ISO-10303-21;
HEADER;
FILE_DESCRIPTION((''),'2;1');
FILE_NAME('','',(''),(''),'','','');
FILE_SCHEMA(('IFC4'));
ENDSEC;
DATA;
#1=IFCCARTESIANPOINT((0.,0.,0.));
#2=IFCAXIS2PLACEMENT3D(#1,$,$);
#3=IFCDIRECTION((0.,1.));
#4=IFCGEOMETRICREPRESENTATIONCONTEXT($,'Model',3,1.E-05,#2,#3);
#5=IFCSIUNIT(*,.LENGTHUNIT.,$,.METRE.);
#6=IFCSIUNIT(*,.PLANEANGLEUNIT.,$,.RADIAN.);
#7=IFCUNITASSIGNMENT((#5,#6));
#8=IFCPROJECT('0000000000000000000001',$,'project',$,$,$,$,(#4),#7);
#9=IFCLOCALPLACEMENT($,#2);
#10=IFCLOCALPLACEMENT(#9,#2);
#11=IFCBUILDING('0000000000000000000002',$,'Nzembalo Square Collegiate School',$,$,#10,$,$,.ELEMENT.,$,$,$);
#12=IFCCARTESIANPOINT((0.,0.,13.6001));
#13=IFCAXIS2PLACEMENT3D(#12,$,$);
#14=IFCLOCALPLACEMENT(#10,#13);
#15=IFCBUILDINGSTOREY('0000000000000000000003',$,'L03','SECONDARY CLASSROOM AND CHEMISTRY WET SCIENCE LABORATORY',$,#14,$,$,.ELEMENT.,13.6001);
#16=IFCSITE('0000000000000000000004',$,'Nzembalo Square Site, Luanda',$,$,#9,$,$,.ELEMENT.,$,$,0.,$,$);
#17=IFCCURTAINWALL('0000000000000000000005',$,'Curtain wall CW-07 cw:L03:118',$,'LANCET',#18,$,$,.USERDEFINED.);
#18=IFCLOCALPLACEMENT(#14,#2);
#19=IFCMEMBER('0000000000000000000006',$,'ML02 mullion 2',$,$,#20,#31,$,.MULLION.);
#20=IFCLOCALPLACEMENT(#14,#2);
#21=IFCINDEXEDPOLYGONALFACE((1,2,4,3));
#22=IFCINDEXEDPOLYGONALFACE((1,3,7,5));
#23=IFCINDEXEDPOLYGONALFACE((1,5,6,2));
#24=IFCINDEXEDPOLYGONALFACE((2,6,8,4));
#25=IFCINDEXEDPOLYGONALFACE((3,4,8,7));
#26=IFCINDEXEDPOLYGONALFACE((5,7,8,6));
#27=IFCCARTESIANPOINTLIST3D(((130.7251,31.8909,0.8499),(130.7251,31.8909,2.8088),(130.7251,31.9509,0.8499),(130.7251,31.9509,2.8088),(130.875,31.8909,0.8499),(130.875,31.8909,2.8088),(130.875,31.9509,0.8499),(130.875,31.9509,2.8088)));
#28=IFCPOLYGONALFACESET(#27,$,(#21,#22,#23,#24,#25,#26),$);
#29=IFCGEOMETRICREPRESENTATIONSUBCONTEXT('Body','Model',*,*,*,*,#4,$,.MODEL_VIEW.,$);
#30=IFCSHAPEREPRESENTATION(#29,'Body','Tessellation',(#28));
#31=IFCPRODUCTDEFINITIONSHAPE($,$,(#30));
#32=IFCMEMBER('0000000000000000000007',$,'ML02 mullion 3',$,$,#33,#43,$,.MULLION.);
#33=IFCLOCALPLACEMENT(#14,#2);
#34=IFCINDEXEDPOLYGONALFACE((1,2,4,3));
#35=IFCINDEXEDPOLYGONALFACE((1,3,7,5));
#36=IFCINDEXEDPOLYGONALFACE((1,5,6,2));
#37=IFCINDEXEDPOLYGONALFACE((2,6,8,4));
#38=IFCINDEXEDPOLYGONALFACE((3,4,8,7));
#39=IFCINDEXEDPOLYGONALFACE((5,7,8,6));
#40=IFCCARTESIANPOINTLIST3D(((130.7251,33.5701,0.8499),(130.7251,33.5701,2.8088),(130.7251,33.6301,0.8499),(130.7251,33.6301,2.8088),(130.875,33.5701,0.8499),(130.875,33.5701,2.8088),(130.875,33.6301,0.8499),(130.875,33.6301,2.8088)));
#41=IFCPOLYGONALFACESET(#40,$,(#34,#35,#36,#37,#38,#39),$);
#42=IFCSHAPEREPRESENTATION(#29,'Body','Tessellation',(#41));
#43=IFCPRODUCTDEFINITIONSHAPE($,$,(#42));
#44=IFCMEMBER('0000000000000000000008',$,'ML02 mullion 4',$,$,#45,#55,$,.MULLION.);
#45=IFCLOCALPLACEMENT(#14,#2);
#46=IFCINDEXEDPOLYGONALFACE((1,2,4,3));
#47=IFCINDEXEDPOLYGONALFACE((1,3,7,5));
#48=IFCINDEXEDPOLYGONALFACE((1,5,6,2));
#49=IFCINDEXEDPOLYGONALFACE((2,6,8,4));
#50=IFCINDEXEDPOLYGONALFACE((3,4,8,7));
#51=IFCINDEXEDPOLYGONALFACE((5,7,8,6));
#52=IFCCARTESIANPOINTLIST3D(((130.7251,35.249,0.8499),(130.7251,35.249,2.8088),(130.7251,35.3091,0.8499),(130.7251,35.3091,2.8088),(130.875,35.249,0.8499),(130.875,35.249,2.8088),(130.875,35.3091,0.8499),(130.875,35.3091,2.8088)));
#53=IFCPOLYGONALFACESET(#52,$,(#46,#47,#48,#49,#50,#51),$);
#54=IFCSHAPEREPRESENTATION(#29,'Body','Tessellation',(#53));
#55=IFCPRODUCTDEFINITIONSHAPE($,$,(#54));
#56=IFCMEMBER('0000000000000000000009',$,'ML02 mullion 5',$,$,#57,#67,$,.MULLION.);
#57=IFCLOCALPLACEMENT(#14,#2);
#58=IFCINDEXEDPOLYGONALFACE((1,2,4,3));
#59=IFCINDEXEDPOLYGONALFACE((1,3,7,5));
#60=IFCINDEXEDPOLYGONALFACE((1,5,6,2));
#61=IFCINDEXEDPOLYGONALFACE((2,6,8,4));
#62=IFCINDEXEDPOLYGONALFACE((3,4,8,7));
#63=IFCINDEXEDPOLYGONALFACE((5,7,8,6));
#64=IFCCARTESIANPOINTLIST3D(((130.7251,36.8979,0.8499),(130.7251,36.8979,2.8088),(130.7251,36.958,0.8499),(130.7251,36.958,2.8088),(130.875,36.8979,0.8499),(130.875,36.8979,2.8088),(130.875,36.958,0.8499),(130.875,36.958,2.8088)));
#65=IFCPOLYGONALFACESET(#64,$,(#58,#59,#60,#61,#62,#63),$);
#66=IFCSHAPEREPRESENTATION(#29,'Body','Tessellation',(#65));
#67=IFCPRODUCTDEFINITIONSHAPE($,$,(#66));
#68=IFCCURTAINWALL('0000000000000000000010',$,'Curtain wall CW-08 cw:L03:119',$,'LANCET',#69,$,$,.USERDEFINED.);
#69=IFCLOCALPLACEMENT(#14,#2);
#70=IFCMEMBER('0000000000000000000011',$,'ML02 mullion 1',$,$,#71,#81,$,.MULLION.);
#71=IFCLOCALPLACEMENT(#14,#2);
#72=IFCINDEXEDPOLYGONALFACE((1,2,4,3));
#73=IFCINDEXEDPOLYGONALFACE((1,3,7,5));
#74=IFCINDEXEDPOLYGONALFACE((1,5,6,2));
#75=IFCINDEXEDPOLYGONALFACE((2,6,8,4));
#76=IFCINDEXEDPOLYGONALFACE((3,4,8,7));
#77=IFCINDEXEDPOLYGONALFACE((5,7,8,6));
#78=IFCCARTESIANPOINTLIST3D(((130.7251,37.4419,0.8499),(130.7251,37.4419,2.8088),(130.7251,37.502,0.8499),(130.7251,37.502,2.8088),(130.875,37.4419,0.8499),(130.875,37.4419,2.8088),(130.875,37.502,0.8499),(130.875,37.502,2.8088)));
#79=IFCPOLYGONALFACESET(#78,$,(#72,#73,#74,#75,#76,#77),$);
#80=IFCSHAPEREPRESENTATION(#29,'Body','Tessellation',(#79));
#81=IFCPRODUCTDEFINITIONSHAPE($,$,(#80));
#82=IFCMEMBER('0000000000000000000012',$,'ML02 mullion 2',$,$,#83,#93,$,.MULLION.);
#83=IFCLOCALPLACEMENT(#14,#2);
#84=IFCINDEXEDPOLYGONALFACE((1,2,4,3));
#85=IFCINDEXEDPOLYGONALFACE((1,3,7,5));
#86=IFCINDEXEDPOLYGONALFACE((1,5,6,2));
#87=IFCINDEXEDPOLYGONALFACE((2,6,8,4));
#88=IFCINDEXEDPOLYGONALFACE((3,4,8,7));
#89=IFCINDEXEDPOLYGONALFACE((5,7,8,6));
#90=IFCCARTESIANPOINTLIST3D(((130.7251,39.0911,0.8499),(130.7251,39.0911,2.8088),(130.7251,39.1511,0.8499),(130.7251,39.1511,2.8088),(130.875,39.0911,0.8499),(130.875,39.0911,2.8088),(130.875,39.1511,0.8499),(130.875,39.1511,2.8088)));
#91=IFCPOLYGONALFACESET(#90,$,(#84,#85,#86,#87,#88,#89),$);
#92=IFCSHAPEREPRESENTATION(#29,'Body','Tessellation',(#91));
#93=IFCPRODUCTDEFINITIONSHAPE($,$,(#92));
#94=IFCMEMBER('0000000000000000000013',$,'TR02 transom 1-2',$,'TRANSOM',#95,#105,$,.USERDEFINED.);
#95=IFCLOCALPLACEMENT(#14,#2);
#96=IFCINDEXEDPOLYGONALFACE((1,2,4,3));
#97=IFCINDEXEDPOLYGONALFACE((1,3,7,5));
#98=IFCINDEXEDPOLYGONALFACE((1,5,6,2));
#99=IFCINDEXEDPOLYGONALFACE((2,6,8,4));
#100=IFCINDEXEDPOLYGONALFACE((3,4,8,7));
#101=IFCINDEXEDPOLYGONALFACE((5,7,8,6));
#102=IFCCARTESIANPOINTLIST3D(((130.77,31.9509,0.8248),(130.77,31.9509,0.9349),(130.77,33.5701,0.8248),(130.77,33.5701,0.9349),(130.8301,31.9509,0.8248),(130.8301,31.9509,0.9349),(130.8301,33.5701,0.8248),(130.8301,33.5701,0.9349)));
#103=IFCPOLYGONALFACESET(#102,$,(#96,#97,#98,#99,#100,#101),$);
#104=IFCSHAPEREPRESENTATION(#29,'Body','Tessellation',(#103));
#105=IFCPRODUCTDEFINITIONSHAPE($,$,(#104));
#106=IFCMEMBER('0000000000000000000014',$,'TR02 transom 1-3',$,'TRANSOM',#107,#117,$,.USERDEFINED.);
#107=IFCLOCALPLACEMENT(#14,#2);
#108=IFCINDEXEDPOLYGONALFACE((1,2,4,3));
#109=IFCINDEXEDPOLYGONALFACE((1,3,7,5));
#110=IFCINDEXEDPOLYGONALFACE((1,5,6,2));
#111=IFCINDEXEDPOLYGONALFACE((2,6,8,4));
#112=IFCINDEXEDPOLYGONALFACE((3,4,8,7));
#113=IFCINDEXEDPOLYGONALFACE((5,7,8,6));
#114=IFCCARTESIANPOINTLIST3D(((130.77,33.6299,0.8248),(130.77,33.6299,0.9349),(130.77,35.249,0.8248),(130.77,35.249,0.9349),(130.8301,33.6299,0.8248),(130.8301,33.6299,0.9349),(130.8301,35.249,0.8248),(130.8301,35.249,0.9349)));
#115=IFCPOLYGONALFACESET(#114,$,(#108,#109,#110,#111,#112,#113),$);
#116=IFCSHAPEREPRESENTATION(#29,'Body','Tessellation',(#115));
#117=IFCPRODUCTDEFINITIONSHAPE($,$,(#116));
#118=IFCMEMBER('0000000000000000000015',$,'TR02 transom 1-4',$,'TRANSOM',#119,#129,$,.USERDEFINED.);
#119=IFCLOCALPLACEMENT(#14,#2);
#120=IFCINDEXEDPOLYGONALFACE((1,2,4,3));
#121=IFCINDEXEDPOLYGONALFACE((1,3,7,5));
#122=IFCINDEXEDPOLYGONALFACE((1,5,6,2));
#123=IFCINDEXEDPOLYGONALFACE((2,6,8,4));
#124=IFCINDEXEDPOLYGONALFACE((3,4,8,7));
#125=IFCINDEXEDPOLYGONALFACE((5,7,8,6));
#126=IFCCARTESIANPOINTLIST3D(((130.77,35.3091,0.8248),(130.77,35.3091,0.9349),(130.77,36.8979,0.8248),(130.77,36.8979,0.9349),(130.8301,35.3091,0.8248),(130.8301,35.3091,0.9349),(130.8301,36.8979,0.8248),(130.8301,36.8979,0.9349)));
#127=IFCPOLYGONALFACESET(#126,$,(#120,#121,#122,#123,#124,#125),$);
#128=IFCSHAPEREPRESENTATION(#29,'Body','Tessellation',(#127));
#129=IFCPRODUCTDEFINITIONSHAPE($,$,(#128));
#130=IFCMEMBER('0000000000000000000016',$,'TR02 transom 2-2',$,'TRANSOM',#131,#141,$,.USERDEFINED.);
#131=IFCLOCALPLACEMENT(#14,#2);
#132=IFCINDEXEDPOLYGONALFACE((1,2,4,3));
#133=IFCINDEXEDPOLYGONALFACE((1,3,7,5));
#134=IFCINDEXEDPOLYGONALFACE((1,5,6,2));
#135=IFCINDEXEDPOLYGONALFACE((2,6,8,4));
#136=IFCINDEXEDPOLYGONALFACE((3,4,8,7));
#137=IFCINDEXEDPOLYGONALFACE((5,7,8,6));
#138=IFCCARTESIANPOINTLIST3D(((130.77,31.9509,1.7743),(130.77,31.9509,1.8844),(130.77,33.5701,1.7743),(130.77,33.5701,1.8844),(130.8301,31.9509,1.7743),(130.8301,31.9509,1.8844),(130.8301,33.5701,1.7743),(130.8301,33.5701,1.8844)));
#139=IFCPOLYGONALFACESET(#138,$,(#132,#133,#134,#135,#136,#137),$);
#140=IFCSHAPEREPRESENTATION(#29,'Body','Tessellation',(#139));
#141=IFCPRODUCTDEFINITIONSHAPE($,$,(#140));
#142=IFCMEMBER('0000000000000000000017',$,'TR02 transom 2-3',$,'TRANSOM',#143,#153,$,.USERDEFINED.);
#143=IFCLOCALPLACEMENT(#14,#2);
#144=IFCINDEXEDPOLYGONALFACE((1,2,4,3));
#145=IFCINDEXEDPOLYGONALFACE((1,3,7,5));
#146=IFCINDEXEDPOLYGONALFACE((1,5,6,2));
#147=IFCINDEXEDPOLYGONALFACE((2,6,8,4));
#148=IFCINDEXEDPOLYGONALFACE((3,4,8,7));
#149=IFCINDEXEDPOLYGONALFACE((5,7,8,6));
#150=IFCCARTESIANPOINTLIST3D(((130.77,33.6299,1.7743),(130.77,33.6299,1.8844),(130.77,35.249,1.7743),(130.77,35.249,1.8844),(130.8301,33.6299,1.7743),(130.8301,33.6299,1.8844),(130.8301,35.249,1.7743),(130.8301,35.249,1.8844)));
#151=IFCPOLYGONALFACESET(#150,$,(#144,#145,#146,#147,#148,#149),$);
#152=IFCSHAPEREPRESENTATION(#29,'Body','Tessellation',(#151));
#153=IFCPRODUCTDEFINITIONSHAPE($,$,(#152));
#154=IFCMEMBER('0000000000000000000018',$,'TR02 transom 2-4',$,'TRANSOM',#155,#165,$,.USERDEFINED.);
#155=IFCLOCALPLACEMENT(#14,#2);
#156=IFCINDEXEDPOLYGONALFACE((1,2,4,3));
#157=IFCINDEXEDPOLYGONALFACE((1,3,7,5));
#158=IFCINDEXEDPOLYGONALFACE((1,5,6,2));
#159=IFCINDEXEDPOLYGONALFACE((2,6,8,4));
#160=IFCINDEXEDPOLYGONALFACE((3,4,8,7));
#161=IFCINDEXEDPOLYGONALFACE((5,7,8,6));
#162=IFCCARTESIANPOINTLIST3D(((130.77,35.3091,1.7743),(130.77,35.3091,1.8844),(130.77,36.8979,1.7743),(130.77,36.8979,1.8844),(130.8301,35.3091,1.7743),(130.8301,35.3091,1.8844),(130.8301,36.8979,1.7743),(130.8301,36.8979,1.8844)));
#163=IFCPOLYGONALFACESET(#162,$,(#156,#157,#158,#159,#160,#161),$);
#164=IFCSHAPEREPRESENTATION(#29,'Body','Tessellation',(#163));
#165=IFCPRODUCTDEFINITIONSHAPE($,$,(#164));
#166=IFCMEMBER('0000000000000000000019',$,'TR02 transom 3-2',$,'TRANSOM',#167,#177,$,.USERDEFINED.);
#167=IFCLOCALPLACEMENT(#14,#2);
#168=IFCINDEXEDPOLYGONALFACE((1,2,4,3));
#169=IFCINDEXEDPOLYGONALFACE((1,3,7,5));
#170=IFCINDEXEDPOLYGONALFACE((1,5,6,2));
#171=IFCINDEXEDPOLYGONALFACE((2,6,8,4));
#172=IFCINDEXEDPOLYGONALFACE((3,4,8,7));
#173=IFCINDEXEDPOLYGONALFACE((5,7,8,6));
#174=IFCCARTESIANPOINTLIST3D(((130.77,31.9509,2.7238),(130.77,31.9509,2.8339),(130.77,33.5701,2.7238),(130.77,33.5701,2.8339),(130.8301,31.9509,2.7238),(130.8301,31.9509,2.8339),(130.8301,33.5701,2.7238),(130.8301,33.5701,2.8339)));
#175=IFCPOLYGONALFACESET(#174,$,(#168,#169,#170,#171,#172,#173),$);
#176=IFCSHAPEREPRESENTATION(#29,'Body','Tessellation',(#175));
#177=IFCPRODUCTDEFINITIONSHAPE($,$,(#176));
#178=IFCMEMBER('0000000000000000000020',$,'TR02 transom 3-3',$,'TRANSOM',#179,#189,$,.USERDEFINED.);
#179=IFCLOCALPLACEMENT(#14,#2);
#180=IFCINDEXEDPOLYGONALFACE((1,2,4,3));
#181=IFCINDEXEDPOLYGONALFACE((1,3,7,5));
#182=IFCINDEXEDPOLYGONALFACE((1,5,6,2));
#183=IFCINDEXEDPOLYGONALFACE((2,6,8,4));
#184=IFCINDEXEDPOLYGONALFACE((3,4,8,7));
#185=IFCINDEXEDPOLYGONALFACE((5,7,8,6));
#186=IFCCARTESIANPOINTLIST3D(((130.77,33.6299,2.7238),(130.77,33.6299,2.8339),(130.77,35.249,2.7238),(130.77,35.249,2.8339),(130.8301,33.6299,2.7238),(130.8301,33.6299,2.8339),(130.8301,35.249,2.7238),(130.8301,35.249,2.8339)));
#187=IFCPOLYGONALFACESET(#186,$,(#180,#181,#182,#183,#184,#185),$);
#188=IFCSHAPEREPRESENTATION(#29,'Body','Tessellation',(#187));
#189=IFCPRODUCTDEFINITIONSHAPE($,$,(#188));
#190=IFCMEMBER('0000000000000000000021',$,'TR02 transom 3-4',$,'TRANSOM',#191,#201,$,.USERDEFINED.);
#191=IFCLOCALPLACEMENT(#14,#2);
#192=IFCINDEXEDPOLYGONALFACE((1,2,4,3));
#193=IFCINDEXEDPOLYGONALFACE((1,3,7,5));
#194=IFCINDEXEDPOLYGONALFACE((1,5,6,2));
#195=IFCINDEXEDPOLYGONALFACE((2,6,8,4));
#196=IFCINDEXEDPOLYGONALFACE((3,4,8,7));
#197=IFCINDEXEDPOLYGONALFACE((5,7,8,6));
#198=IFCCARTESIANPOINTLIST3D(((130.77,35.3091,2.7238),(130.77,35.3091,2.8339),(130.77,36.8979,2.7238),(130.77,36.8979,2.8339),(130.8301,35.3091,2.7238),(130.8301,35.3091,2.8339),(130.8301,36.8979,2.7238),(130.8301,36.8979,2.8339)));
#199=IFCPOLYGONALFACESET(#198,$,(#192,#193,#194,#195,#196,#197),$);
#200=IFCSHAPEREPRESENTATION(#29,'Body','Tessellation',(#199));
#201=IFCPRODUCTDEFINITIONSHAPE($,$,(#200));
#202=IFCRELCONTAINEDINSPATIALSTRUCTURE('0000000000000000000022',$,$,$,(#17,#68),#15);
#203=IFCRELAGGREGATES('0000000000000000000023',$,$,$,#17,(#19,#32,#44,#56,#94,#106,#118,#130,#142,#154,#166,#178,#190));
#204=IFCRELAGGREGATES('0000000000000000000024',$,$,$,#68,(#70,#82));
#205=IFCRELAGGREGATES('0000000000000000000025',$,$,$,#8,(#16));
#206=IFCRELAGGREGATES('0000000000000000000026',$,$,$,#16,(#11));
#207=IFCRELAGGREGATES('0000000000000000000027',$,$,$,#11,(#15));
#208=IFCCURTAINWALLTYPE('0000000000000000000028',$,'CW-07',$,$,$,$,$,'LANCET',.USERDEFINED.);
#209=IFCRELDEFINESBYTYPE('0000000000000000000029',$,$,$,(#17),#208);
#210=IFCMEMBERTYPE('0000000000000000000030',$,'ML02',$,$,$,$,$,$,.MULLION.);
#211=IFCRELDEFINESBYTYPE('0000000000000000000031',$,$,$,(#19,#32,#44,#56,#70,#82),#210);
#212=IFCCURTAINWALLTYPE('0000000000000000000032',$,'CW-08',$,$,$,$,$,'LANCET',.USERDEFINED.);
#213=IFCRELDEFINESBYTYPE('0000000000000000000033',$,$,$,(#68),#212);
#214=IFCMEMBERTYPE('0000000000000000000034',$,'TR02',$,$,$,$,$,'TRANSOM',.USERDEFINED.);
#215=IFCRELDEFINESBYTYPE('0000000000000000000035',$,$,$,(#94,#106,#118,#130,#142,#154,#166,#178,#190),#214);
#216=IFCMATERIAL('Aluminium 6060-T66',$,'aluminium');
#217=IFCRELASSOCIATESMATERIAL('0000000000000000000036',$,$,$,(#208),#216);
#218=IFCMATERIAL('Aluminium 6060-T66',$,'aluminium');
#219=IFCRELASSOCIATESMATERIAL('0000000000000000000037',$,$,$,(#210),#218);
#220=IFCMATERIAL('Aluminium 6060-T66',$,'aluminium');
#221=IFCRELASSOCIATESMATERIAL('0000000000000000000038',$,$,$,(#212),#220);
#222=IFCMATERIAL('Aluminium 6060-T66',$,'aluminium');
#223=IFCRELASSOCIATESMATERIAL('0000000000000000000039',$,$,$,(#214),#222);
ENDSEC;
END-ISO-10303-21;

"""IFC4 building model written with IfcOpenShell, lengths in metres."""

from ifc_helpers import new_model, si_unit, direction, frame, origin, origin_2d, place, context, subcontext, project, spatial, rectangle, extrude, material, material_profile, profile_set, type_object, element, aggregate, save


model = new_model("IFC4")

# Units and contexts
model_context = context("Model", 3, precision=1e-05, world=origin(), true_north=direction((0.0, 1.0)))
body_context = subcontext(model_context, "Body", "Model", "MODEL_VIEW")
ifc_project = project(units=[si_unit("LENGTHUNIT", "METRE"), si_unit("PLANEANGLEUNIT", "RADIAN")], contexts=[model_context])

# Site, building, storey
site_placement = place(None, origin())
site = spatial("IfcSite", under=ifc_project, at=site_placement, Name="Nzembalo Square Site, Luanda", CompositionType="ELEMENT", RefElevation=0.0)
building_placement = place(site_placement, origin())
building = spatial("IfcBuilding", under=site, at=building_placement, Name="Nzembalo Square Collegiate School", CompositionType="ELEMENT")
storey_placement = place(building_placement, frame((0.0, 0.0, 13.6001)))
storey = spatial("IfcBuildingStorey", under=building, at=storey_placement, Name="L03", Description="SECONDARY CLASSROOM AND CHEMISTRY WET SCIENCE LABORATORY", CompositionType="ELEMENT", Elevation=13.6001)

# Curtain walls, members
ifc_material_1 = material(Name="Aluminium 6060-T66", Category="aluminium")
curtain_wall_type_1 = type_object("IfcCurtainWallType", Name="CW-07", ElementType="LANCET", PredefinedType="USERDEFINED", material=ifc_material_1)
curtain_wall_1_placement = place(storey_placement, origin())
curtain_wall_1 = element("IfcCurtainWall", 1, at=curtain_wall_1_placement, inside=storey, type_object=curtain_wall_type_1, Name="Curtain wall CW-07 cw:L03:118", ObjectType="LANCET", PredefinedType="USERDEFINED")
ifc_material_2 = material(Name="Aluminium 6060-T66", Category="aluminium")
ifc_material_profile_1 = material_profile(ifc_material_2, rectangle(XDim=0.0601, YDim=0.1499, at=origin_2d()), Name="ALU M60x150")
ifc_profile_set_1 = profile_set([ifc_material_profile_1], Name="Aluminium 6060-T66")
member_type_1 = type_object("IfcMemberType", Name="ML02", PredefinedType="MULLION", material=ifc_profile_set_1)
member_1_placement = place(storey_placement, frame((130.8, 31.9209, 0.8499), z_axis=(0.0, 0.0, 1.0), x_axis=(0.0, 1.0, 0.0)))
member_1 = element("IfcMember", 2, at=member_1_placement, type_object=member_type_1, Name="ML02 mullion 2", PredefinedType="MULLION", context=body_context, shape_type="SweptSolid", body=[
    extrude(rectangle(XDim=0.0601, YDim=0.1499, at=origin_2d()), origin(), (0.0, 0.0, 1.0), 1.959),
])
member_2_placement = place(storey_placement, frame((130.8, 33.6001, 0.8499), z_axis=(0.0, 0.0, 1.0), x_axis=(0.0, 1.0, 0.0)))
member_2 = element("IfcMember", 3, at=member_2_placement, type_object=member_type_1, Name="ML02 mullion 3", PredefinedType="MULLION", context=body_context, shape_type="SweptSolid", body=[
    extrude(rectangle(XDim=0.0601, YDim=0.1499, at=origin_2d()), origin(), (0.0, 0.0, 1.0), 1.959),
])
member_3_placement = place(storey_placement, frame((130.8, 35.2791, 0.8499), z_axis=(0.0, 0.0, 1.0), x_axis=(0.0, 1.0, 0.0)))
member_3 = element("IfcMember", 4, at=member_3_placement, type_object=member_type_1, Name="ML02 mullion 4", PredefinedType="MULLION", context=body_context, shape_type="SweptSolid", body=[
    extrude(rectangle(XDim=0.0601, YDim=0.1499, at=origin_2d()), origin(), (0.0, 0.0, 1.0), 1.959),
])
member_4_placement = place(storey_placement, frame((130.8, 36.928, 0.8499), z_axis=(0.0, 0.0, 1.0), x_axis=(0.0, 1.0, 0.0)))
member_4 = element("IfcMember", 5, at=member_4_placement, type_object=member_type_1, Name="ML02 mullion 5", PredefinedType="MULLION", context=body_context, shape_type="SweptSolid", body=[
    extrude(rectangle(XDim=0.0601, YDim=0.1499, at=origin_2d()), origin(), (0.0, 0.0, 1.0), 1.959),
])
ifc_material_3 = material(Name="Aluminium 6060-T66", Category="aluminium")
curtain_wall_type_2 = type_object("IfcCurtainWallType", Name="CW-08", ElementType="LANCET", PredefinedType="USERDEFINED", material=ifc_material_3)
curtain_wall_2_placement = place(storey_placement, origin())
curtain_wall_2 = element("IfcCurtainWall", 6, at=curtain_wall_2_placement, inside=storey, type_object=curtain_wall_type_2, Name="Curtain wall CW-08 cw:L03:119", ObjectType="LANCET", PredefinedType="USERDEFINED")
member_5_placement = place(storey_placement, frame((130.8, 37.4719, 0.8499), z_axis=(0.0, 0.0, 1.0), x_axis=(0.0, 1.0, 0.0)))
member_5 = element("IfcMember", 7, at=member_5_placement, type_object=member_type_1, Name="ML02 mullion 1", PredefinedType="MULLION", context=body_context, shape_type="SweptSolid", body=[
    extrude(rectangle(XDim=0.0601, YDim=0.1499, at=origin_2d()), origin(), (0.0, 0.0, 1.0), 1.959),
])
member_6_placement = place(storey_placement, frame((130.8, 39.1211, 0.8499), z_axis=(0.0, 0.0, 1.0), x_axis=(0.0, 1.0, 0.0)))
member_6 = element("IfcMember", 8, at=member_6_placement, type_object=member_type_1, Name="ML02 mullion 2", PredefinedType="MULLION", context=body_context, shape_type="SweptSolid", body=[
    extrude(rectangle(XDim=0.0601, YDim=0.1499, at=origin_2d()), origin(), (0.0, 0.0, 1.0), 1.959),
])

# Members
ifc_material_4 = material(Name="Aluminium 6060-T66", Category="aluminium")
ifc_material_profile_2 = material_profile(ifc_material_4, rectangle(XDim=0.0601, YDim=0.1101, at=origin_2d()), Name="ALU T60x110")
ifc_profile_set_2 = profile_set([ifc_material_profile_2], Name="Aluminium 6060-T66")
member_type_2 = type_object("IfcMemberType", Name="TR02", ElementType="TRANSOM", PredefinedType="USERDEFINED", material=ifc_profile_set_2)
member_7_placement = place(storey_placement, frame((130.8, 31.9509, 0.8799), z_axis=(0.0, 1.0, 0.0), x_axis=(-1.0, 0.0, 0.0)))
member_7 = element("IfcMember", 9, at=member_7_placement, type_object=member_type_2, Name="TR02 transom 1-2", ObjectType="TRANSOM", PredefinedType="USERDEFINED", context=body_context, shape_type="SweptSolid", body=[
    extrude(rectangle(XDim=0.0601, YDim=0.1101, at=origin_2d()), origin(), (0.0, 0.0, 1.0), 1.6191),
])
member_8_placement = place(storey_placement, frame((130.8, 33.6299, 0.8799), z_axis=(0.0, 1.0, 0.0), x_axis=(-1.0, 0.0, 0.0)))
member_8 = element("IfcMember", 10, at=member_8_placement, type_object=member_type_2, Name="TR02 transom 1-3", ObjectType="TRANSOM", PredefinedType="USERDEFINED", context=body_context, shape_type="SweptSolid", body=[
    extrude(rectangle(XDim=0.0601, YDim=0.1101, at=origin_2d()), origin(), (0.0, 0.0, 1.0), 1.6191),
])
member_9_placement = place(storey_placement, frame((130.8, 35.3091, 0.8799), z_axis=(0.0, 1.0, 0.0), x_axis=(-1.0, 0.0, 0.0)))
member_9 = element("IfcMember", 11, at=member_9_placement, type_object=member_type_2, Name="TR02 transom 1-4", ObjectType="TRANSOM", PredefinedType="USERDEFINED", context=body_context, shape_type="SweptSolid", body=[
    extrude(rectangle(XDim=0.0601, YDim=0.1101, at=origin_2d()), origin(), (0.0, 0.0, 1.0), 1.5889),
])
member_10_placement = place(storey_placement, frame((130.8, 31.9509, 1.8293), z_axis=(0.0, 1.0, 0.0), x_axis=(-1.0, 0.0, 0.0)))
member_10 = element("IfcMember", 12, at=member_10_placement, type_object=member_type_2, Name="TR02 transom 2-2", ObjectType="TRANSOM", PredefinedType="USERDEFINED", context=body_context, shape_type="SweptSolid", body=[
    extrude(rectangle(XDim=0.0601, YDim=0.1101, at=origin_2d()), origin(), (0.0, 0.0, 1.0), 1.6191),
])
member_11_placement = place(storey_placement, frame((130.8, 33.6299, 1.8293), z_axis=(0.0, 1.0, 0.0), x_axis=(-1.0, 0.0, 0.0)))
member_11 = element("IfcMember", 13, at=member_11_placement, type_object=member_type_2, Name="TR02 transom 2-3", ObjectType="TRANSOM", PredefinedType="USERDEFINED", context=body_context, shape_type="SweptSolid", body=[
    extrude(rectangle(XDim=0.0601, YDim=0.1101, at=origin_2d()), origin(), (0.0, 0.0, 1.0), 1.6191),
])
member_12_placement = place(storey_placement, frame((130.8, 35.3091, 1.8293), z_axis=(0.0, 1.0, 0.0), x_axis=(-1.0, 0.0, 0.0)))
member_12 = element("IfcMember", 14, at=member_12_placement, type_object=member_type_2, Name="TR02 transom 2-4", ObjectType="TRANSOM", PredefinedType="USERDEFINED", context=body_context, shape_type="SweptSolid", body=[
    extrude(rectangle(XDim=0.0601, YDim=0.1101, at=origin_2d()), origin(), (0.0, 0.0, 1.0), 1.5889),
])
member_13_placement = place(storey_placement, frame((130.8, 31.9509, 2.7788), z_axis=(0.0, 1.0, 0.0), x_axis=(-1.0, 0.0, 0.0)))
member_13 = element("IfcMember", 15, at=member_13_placement, type_object=member_type_2, Name="TR02 transom 3-2", ObjectType="TRANSOM", PredefinedType="USERDEFINED", context=body_context, shape_type="SweptSolid", body=[
    extrude(rectangle(XDim=0.0601, YDim=0.1101, at=origin_2d()), origin(), (0.0, 0.0, 1.0), 1.6191),
])
member_14_placement = place(storey_placement, frame((130.8, 33.6299, 2.7788), z_axis=(0.0, 1.0, 0.0), x_axis=(-1.0, 0.0, 0.0)))
member_14 = element("IfcMember", 16, at=member_14_placement, type_object=member_type_2, Name="TR02 transom 3-3", ObjectType="TRANSOM", PredefinedType="USERDEFINED", context=body_context, shape_type="SweptSolid", body=[
    extrude(rectangle(XDim=0.0601, YDim=0.1101, at=origin_2d()), origin(), (0.0, 0.0, 1.0), 1.6191),
])
member_15_placement = place(storey_placement, frame((130.8, 35.3091, 2.7788), z_axis=(0.0, 1.0, 0.0), x_axis=(-1.0, 0.0, 0.0)))
member_15 = element("IfcMember", 17, at=member_15_placement, type_object=member_type_2, Name="TR02 transom 3-4", ObjectType="TRANSOM", PredefinedType="USERDEFINED", context=body_context, shape_type="SweptSolid", body=[
    extrude(rectangle(XDim=0.0601, YDim=0.1101, at=origin_2d()), origin(), (0.0, 0.0, 1.0), 1.5889),
])

aggregate(curtain_wall_1, [member_1, member_2, member_3, member_4, member_7, member_8, member_9, member_10, member_11, member_12, member_13, member_14, member_15])
aggregate(curtain_wall_2, [member_5, member_6])

save(model, "model.ifc")
